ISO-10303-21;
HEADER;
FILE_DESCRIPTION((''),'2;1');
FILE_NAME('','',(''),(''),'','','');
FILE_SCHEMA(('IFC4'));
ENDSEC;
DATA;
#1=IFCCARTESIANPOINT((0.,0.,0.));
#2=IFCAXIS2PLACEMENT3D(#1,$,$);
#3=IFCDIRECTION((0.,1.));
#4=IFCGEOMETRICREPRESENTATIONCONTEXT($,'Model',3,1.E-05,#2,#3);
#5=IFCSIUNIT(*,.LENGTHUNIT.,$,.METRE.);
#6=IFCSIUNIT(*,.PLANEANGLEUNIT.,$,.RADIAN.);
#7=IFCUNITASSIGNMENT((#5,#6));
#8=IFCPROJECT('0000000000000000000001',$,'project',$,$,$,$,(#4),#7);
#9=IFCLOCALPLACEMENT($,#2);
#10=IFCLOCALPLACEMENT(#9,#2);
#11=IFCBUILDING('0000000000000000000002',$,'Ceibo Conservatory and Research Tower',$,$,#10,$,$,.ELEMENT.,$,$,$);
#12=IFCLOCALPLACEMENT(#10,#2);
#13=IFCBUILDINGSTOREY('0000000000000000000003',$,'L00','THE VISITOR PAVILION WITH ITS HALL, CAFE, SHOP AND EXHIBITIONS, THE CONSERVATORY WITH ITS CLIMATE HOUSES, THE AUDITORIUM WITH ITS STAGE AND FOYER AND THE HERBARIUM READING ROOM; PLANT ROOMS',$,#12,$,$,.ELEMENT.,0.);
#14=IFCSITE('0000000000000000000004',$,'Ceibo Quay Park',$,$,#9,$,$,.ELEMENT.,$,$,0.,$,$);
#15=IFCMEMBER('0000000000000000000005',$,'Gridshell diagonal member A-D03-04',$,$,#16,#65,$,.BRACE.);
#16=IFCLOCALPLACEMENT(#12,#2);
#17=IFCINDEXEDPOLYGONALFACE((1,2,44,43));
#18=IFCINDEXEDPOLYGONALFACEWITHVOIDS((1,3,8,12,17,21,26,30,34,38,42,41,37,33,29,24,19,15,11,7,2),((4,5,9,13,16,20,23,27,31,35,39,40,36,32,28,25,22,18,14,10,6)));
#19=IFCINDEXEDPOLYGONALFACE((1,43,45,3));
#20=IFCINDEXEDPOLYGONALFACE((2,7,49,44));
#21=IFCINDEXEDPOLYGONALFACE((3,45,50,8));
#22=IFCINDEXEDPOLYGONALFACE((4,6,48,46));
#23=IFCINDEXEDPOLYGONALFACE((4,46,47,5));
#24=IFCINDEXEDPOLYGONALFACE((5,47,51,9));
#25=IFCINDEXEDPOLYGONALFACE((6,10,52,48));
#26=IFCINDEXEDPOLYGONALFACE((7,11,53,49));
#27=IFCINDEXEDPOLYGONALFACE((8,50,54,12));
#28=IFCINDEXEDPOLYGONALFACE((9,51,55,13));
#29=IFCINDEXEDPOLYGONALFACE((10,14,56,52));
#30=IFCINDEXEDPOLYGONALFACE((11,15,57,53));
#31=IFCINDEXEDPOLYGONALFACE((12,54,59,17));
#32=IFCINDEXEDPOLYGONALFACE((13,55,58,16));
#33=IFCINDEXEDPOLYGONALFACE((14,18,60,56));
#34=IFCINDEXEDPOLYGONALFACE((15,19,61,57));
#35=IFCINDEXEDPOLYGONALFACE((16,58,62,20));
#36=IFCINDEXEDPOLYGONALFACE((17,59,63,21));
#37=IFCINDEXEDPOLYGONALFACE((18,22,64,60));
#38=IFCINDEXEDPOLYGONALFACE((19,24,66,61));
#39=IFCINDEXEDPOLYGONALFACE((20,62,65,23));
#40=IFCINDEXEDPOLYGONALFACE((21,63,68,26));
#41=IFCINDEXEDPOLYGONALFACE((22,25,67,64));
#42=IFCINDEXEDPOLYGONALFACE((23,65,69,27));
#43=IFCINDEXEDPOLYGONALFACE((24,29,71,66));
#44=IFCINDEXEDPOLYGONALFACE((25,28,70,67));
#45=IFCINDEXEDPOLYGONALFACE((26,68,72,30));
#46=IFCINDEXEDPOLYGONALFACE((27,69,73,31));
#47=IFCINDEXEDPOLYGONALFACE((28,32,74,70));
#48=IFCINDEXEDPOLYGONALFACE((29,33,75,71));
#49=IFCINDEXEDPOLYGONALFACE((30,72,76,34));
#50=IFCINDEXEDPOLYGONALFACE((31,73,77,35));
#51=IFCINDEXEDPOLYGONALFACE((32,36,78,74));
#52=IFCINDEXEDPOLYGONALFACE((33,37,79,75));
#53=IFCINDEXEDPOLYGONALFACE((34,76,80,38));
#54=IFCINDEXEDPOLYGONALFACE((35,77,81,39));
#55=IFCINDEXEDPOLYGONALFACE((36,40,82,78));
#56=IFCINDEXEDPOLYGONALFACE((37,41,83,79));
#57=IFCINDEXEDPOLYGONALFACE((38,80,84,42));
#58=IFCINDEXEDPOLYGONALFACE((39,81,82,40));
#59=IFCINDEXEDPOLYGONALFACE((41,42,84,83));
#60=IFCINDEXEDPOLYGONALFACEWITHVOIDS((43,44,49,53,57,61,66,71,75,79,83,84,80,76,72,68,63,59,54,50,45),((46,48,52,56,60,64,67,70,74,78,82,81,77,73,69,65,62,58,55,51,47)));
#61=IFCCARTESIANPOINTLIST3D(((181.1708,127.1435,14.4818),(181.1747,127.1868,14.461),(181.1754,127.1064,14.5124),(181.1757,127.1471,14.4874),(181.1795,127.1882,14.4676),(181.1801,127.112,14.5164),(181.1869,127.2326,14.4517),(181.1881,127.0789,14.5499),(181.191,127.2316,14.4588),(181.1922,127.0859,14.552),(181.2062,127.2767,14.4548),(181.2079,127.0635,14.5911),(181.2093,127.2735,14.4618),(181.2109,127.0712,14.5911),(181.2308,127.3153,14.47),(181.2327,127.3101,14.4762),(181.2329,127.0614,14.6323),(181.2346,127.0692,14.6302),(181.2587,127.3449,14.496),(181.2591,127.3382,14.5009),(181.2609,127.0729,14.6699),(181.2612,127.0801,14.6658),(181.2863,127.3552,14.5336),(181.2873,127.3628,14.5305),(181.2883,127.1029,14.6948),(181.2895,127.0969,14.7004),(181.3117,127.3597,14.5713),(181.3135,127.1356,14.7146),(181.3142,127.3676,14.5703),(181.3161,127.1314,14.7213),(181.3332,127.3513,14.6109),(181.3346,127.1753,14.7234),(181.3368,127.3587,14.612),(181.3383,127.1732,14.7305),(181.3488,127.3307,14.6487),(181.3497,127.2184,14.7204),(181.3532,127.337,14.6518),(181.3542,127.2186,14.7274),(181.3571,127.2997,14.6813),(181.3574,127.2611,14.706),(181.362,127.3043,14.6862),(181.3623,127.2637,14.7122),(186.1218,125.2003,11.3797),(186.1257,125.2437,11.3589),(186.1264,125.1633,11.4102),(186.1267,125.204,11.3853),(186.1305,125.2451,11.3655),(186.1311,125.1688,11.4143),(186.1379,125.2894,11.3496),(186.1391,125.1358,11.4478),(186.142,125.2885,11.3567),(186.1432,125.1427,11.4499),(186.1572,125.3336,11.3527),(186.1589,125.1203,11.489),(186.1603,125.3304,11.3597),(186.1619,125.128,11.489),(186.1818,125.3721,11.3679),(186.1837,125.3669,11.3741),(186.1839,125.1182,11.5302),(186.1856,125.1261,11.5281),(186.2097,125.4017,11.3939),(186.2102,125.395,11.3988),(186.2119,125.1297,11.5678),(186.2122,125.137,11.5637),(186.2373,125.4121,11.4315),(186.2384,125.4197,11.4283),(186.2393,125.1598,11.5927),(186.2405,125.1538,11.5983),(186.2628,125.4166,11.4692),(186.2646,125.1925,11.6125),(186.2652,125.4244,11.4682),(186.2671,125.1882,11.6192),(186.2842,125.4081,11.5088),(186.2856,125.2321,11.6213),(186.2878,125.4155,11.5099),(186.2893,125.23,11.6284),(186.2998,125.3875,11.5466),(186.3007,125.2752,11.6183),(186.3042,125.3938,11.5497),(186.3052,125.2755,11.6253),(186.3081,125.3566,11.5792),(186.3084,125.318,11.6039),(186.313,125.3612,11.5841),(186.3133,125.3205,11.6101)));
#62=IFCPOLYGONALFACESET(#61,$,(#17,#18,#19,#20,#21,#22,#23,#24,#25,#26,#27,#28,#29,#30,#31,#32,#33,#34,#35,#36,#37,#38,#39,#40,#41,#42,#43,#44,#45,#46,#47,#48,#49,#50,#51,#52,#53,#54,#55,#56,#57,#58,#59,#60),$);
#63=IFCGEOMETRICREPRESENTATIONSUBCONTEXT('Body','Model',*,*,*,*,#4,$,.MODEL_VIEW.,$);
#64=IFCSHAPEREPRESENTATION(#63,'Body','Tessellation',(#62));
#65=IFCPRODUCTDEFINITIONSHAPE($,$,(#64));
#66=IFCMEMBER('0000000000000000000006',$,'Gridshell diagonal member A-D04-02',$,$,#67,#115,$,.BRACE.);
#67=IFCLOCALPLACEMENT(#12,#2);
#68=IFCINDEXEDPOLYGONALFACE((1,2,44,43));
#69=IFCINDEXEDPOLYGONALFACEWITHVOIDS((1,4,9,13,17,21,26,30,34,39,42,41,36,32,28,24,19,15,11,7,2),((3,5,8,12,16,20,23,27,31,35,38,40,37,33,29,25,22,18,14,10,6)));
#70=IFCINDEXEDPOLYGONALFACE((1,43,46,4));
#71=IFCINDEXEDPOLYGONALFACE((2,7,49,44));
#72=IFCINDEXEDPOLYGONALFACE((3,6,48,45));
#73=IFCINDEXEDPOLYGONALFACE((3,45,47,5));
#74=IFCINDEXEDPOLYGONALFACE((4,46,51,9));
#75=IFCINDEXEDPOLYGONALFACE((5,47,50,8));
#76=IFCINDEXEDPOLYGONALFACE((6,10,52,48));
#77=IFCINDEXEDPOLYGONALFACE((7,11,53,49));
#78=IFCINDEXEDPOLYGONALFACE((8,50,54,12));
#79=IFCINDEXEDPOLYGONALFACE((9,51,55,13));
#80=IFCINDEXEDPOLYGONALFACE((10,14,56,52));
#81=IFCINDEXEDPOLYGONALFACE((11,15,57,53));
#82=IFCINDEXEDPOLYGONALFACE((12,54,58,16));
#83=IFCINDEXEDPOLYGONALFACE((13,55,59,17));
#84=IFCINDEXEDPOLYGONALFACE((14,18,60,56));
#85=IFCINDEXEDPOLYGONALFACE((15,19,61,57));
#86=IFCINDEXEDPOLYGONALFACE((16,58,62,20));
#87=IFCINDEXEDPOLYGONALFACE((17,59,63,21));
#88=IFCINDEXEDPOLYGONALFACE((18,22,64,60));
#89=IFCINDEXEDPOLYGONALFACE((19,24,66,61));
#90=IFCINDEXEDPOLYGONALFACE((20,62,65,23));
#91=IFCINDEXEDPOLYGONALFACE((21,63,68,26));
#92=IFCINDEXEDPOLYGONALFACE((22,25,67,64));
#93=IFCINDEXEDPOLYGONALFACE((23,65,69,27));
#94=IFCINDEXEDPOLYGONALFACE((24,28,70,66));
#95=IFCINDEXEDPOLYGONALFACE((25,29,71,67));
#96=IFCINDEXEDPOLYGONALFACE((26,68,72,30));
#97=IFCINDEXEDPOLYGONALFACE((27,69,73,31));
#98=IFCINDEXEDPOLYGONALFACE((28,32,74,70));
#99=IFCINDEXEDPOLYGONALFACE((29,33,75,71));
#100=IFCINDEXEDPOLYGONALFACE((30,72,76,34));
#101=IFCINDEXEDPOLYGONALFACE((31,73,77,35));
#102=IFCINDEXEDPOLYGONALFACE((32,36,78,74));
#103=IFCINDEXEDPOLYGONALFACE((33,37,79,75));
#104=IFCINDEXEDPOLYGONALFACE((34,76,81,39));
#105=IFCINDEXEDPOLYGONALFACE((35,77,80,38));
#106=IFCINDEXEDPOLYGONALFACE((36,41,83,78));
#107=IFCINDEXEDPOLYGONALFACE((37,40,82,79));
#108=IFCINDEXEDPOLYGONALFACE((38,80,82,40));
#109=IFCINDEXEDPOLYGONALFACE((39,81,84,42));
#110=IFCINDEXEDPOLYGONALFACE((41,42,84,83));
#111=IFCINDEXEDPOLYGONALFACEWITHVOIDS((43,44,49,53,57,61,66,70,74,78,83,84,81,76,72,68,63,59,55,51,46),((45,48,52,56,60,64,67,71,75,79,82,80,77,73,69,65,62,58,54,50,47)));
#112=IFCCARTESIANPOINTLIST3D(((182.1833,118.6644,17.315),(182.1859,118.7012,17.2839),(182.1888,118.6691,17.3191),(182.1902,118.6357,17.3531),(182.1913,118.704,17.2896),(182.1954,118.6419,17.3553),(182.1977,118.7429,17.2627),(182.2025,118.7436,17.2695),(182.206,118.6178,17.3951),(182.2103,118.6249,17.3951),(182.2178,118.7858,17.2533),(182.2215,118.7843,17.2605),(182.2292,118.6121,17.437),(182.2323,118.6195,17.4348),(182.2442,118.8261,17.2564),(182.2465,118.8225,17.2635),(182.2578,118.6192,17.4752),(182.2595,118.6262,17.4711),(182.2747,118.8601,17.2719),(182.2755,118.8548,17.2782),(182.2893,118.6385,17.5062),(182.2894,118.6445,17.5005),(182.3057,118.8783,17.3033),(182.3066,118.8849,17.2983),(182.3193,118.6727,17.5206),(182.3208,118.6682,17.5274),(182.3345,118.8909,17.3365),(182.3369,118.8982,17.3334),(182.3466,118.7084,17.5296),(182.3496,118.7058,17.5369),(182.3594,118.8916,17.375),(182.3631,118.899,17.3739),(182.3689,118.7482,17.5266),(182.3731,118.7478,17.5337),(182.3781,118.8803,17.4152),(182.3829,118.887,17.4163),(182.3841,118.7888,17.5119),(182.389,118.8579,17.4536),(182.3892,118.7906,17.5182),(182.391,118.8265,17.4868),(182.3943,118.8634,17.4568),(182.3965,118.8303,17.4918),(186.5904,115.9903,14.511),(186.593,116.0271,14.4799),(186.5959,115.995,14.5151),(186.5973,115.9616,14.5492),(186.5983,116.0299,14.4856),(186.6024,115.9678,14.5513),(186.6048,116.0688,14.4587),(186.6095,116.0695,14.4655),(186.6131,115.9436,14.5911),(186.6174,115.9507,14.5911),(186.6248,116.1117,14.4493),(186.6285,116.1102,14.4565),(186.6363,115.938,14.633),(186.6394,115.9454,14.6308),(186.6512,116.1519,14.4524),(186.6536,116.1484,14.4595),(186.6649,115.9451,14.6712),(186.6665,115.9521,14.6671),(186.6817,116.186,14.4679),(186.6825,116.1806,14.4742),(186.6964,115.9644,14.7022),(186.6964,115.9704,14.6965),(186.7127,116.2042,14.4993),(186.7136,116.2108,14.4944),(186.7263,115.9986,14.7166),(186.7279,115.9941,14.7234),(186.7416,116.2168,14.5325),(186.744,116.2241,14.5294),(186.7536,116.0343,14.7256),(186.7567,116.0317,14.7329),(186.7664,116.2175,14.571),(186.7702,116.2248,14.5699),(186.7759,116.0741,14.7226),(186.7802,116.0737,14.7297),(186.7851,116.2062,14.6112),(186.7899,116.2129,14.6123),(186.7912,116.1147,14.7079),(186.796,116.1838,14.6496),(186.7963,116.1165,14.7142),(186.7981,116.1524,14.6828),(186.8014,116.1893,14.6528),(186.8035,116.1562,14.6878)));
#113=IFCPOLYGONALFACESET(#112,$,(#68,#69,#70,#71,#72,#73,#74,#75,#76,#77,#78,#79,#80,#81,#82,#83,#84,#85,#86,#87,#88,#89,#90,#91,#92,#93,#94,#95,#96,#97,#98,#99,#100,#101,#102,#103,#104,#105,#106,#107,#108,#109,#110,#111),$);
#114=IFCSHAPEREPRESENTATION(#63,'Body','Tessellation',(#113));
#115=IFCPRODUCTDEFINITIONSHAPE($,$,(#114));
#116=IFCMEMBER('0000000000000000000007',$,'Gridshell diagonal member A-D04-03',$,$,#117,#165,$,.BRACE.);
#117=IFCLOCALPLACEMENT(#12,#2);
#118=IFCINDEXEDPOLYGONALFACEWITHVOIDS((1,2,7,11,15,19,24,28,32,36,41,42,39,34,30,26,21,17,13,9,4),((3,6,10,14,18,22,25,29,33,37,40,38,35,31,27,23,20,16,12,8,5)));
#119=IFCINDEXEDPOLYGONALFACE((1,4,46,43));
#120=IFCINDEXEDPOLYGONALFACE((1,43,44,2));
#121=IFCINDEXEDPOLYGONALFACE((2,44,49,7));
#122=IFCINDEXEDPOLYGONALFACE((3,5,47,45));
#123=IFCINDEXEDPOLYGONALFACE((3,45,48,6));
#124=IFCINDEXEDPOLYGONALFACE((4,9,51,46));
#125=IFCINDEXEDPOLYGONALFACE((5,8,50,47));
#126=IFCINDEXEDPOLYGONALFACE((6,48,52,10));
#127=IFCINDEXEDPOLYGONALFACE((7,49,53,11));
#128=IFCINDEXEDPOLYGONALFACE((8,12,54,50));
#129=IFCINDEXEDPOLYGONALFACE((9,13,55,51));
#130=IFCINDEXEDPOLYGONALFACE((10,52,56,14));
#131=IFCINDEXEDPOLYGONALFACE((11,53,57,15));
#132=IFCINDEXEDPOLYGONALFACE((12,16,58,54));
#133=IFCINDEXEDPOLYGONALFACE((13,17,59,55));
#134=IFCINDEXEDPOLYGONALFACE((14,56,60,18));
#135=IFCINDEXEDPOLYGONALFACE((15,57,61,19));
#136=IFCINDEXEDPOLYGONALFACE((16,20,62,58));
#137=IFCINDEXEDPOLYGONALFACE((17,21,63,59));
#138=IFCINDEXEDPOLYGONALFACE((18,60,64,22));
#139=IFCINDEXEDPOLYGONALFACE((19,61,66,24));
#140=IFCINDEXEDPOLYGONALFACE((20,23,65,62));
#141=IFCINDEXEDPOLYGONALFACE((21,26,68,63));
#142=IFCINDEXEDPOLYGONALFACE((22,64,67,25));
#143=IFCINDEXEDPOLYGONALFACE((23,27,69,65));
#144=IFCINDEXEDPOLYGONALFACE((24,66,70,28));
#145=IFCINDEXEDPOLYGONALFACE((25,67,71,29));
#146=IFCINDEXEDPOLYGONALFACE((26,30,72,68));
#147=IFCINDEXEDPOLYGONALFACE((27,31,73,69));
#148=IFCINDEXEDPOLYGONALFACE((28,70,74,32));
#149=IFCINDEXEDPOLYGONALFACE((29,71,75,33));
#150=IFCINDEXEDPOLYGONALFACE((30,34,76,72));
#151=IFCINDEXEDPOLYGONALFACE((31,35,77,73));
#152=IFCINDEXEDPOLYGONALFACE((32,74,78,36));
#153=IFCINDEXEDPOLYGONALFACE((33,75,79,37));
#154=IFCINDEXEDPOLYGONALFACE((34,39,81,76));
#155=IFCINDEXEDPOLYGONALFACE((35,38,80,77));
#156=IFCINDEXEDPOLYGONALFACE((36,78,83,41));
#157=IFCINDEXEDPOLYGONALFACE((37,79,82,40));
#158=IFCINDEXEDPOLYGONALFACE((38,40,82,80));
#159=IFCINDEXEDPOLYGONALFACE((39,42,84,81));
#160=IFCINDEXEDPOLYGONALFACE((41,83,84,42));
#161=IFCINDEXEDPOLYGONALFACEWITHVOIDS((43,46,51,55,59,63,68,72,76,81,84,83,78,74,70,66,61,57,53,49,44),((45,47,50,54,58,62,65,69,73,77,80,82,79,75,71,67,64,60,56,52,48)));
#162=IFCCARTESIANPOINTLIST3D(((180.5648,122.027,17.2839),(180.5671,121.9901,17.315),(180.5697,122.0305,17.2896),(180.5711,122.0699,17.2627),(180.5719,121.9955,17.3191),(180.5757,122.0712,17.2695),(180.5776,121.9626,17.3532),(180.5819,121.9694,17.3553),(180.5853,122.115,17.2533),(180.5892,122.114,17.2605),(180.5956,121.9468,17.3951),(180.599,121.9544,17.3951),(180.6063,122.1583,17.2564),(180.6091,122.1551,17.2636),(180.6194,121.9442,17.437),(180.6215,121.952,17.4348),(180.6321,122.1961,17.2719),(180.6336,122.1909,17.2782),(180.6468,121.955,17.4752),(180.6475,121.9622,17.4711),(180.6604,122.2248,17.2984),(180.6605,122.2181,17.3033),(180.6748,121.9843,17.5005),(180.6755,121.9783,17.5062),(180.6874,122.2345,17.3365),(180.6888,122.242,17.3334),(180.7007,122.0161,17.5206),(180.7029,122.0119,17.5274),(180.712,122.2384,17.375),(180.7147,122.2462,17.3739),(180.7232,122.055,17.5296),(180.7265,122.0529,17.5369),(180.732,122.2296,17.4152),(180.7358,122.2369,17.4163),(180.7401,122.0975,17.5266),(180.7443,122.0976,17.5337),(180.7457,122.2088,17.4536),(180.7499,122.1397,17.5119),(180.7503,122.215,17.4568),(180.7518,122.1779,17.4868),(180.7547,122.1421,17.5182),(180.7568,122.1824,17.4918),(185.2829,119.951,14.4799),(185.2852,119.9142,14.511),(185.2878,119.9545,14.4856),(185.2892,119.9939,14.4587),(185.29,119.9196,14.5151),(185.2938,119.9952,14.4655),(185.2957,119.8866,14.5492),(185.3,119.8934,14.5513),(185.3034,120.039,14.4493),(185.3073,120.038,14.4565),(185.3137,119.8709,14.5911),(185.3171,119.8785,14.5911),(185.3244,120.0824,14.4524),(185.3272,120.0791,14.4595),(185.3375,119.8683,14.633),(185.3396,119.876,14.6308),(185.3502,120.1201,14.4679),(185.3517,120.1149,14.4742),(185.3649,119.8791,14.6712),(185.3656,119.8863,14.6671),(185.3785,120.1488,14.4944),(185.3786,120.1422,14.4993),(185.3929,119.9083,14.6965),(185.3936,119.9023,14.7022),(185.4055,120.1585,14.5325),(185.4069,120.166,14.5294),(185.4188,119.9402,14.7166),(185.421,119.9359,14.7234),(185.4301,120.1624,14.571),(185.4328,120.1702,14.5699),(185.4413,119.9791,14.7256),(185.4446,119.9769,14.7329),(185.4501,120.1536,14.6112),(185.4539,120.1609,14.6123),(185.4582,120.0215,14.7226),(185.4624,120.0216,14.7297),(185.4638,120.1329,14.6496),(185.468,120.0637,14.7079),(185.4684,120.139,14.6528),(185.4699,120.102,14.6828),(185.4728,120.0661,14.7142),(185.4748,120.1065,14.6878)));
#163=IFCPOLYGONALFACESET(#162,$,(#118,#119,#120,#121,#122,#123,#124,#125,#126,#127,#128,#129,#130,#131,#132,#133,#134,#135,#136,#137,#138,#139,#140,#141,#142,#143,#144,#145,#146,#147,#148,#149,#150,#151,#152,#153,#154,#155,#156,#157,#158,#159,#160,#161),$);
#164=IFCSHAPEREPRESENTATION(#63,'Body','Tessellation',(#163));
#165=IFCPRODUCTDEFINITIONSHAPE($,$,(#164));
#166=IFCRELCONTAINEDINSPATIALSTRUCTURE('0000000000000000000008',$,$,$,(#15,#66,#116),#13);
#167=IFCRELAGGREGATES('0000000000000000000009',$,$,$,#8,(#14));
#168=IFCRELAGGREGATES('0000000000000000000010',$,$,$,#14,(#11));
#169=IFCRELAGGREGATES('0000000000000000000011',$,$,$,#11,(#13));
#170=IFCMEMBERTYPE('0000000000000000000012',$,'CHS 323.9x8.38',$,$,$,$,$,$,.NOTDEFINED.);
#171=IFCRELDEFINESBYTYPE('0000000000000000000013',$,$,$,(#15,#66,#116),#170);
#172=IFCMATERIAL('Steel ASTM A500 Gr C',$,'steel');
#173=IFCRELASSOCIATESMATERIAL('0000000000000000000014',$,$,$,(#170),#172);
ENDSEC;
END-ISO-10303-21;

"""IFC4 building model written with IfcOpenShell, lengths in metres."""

from ifc_helpers import new_model, si_unit, direction, frame, origin, origin_2d, place, context, subcontext, project, spatial, hollow_circle, extrude, material, material_profile, profile_set, type_object, element, save


model = new_model("IFC4")

# Units and contexts
model_context = context("Model", 3, precision=1e-05, world=origin(), true_north=direction((0.0, 1.0)))
body_context = subcontext(model_context, "Body", "Model", "MODEL_VIEW")
ifc_project = project(units=[si_unit("LENGTHUNIT", "METRE"), si_unit("PLANEANGLEUNIT", "RADIAN")], contexts=[model_context])

# Site, building, storey
site_placement = place(None, origin())
site = spatial("IfcSite", under=ifc_project, at=site_placement, Name="Ceibo Quay Park", CompositionType="ELEMENT", RefElevation=0.0)
building_placement = place(site_placement, origin())
building = spatial("IfcBuilding", under=site, at=building_placement, Name="Ceibo Conservatory and Research Tower", CompositionType="ELEMENT")
storey_placement = place(building_placement, origin())
storey = spatial("IfcBuildingStorey", under=building, at=storey_placement, Name="L00", Description="THE VISITOR PAVILION WITH ITS HALL, CAFE, SHOP AND EXHIBITIONS, THE CONSERVATORY WITH ITS CLIMATE HOUSES, THE AUDITORIUM WITH ITS STAGE AND FOYER AND THE HERBARIUM READING ROOM; PLANT ROOMS", CompositionType="ELEMENT", Elevation=0.0)

# Members
ifc_material_1 = material(Name="Steel ASTM A500 Gr C", Category="steel")
ifc_material_profile_1 = material_profile(ifc_material_1, hollow_circle(Radius=0.1619, WallThickness=0.0083, at=origin_2d()), Name="CHS 323.9x8.38")
ifc_profile_set_1 = profile_set([ifc_material_profile_1], Name="Steel ASTM A500 Gr C")
member_type_1 = type_object("IfcMemberType", Name="CHS 323.9x8.38", PredefinedType="NOTDEFINED", material=ifc_profile_set_1)
member_1_placement = place(storey_placement, frame((186.218, 125.271, 11.489), z_axis=(-0.804098, 0.315588, 0.503815), x_axis=(-0.365344, -0.930873, 0.0)))
element("IfcMember", 1, at=member_1_placement, inside=storey, type_object=member_type_1, Name="Gridshell diagonal member A-D03-04", PredefinedType="BRACE", context=body_context, shape_type="SweptSolid", body=[
    extrude(hollow_circle(Radius=0.1619, WallThickness=0.0083, at=origin_2d()), origin(), (0.0, 0.0, 1.0), 6.1572),
])
member_2_placement = place(storey_placement, frame((186.697, 116.082, 14.5911), z_axis=(-0.75101, 0.455698, 0.477832), x_axis=(-0.518752, -0.854925, 0.0)))
element("IfcMember", 2, at=member_2_placement, inside=storey, type_object=member_type_1, Name="Gridshell diagonal member A-D04-02", PredefinedType="BRACE", context=body_context, shape_type="SweptSolid", body=[
    extrude(hollow_circle(Radius=0.1619, WallThickness=0.0083, at=origin_2d()), origin(), (0.0, 0.0, 1.0), 5.8682),
])
member_3_placement = place(storey_placement, frame((185.3789, 120.019, 14.5911), z_axis=(-0.804049, 0.353782, 0.477853), x_axis=(-0.402739, -0.915315, 0.0)))
element("IfcMember", 3, at=member_3_placement, inside=storey, type_object=member_type_1, Name="Gridshell diagonal member A-D04-03", PredefinedType="BRACE", context=body_context, shape_type="SweptSolid", body=[
    extrude(hollow_circle(Radius=0.1619, WallThickness=0.0083, at=origin_2d()), origin(), (0.0, 0.0, 1.0), 5.8679),
])

save(model, "model.ifc")
